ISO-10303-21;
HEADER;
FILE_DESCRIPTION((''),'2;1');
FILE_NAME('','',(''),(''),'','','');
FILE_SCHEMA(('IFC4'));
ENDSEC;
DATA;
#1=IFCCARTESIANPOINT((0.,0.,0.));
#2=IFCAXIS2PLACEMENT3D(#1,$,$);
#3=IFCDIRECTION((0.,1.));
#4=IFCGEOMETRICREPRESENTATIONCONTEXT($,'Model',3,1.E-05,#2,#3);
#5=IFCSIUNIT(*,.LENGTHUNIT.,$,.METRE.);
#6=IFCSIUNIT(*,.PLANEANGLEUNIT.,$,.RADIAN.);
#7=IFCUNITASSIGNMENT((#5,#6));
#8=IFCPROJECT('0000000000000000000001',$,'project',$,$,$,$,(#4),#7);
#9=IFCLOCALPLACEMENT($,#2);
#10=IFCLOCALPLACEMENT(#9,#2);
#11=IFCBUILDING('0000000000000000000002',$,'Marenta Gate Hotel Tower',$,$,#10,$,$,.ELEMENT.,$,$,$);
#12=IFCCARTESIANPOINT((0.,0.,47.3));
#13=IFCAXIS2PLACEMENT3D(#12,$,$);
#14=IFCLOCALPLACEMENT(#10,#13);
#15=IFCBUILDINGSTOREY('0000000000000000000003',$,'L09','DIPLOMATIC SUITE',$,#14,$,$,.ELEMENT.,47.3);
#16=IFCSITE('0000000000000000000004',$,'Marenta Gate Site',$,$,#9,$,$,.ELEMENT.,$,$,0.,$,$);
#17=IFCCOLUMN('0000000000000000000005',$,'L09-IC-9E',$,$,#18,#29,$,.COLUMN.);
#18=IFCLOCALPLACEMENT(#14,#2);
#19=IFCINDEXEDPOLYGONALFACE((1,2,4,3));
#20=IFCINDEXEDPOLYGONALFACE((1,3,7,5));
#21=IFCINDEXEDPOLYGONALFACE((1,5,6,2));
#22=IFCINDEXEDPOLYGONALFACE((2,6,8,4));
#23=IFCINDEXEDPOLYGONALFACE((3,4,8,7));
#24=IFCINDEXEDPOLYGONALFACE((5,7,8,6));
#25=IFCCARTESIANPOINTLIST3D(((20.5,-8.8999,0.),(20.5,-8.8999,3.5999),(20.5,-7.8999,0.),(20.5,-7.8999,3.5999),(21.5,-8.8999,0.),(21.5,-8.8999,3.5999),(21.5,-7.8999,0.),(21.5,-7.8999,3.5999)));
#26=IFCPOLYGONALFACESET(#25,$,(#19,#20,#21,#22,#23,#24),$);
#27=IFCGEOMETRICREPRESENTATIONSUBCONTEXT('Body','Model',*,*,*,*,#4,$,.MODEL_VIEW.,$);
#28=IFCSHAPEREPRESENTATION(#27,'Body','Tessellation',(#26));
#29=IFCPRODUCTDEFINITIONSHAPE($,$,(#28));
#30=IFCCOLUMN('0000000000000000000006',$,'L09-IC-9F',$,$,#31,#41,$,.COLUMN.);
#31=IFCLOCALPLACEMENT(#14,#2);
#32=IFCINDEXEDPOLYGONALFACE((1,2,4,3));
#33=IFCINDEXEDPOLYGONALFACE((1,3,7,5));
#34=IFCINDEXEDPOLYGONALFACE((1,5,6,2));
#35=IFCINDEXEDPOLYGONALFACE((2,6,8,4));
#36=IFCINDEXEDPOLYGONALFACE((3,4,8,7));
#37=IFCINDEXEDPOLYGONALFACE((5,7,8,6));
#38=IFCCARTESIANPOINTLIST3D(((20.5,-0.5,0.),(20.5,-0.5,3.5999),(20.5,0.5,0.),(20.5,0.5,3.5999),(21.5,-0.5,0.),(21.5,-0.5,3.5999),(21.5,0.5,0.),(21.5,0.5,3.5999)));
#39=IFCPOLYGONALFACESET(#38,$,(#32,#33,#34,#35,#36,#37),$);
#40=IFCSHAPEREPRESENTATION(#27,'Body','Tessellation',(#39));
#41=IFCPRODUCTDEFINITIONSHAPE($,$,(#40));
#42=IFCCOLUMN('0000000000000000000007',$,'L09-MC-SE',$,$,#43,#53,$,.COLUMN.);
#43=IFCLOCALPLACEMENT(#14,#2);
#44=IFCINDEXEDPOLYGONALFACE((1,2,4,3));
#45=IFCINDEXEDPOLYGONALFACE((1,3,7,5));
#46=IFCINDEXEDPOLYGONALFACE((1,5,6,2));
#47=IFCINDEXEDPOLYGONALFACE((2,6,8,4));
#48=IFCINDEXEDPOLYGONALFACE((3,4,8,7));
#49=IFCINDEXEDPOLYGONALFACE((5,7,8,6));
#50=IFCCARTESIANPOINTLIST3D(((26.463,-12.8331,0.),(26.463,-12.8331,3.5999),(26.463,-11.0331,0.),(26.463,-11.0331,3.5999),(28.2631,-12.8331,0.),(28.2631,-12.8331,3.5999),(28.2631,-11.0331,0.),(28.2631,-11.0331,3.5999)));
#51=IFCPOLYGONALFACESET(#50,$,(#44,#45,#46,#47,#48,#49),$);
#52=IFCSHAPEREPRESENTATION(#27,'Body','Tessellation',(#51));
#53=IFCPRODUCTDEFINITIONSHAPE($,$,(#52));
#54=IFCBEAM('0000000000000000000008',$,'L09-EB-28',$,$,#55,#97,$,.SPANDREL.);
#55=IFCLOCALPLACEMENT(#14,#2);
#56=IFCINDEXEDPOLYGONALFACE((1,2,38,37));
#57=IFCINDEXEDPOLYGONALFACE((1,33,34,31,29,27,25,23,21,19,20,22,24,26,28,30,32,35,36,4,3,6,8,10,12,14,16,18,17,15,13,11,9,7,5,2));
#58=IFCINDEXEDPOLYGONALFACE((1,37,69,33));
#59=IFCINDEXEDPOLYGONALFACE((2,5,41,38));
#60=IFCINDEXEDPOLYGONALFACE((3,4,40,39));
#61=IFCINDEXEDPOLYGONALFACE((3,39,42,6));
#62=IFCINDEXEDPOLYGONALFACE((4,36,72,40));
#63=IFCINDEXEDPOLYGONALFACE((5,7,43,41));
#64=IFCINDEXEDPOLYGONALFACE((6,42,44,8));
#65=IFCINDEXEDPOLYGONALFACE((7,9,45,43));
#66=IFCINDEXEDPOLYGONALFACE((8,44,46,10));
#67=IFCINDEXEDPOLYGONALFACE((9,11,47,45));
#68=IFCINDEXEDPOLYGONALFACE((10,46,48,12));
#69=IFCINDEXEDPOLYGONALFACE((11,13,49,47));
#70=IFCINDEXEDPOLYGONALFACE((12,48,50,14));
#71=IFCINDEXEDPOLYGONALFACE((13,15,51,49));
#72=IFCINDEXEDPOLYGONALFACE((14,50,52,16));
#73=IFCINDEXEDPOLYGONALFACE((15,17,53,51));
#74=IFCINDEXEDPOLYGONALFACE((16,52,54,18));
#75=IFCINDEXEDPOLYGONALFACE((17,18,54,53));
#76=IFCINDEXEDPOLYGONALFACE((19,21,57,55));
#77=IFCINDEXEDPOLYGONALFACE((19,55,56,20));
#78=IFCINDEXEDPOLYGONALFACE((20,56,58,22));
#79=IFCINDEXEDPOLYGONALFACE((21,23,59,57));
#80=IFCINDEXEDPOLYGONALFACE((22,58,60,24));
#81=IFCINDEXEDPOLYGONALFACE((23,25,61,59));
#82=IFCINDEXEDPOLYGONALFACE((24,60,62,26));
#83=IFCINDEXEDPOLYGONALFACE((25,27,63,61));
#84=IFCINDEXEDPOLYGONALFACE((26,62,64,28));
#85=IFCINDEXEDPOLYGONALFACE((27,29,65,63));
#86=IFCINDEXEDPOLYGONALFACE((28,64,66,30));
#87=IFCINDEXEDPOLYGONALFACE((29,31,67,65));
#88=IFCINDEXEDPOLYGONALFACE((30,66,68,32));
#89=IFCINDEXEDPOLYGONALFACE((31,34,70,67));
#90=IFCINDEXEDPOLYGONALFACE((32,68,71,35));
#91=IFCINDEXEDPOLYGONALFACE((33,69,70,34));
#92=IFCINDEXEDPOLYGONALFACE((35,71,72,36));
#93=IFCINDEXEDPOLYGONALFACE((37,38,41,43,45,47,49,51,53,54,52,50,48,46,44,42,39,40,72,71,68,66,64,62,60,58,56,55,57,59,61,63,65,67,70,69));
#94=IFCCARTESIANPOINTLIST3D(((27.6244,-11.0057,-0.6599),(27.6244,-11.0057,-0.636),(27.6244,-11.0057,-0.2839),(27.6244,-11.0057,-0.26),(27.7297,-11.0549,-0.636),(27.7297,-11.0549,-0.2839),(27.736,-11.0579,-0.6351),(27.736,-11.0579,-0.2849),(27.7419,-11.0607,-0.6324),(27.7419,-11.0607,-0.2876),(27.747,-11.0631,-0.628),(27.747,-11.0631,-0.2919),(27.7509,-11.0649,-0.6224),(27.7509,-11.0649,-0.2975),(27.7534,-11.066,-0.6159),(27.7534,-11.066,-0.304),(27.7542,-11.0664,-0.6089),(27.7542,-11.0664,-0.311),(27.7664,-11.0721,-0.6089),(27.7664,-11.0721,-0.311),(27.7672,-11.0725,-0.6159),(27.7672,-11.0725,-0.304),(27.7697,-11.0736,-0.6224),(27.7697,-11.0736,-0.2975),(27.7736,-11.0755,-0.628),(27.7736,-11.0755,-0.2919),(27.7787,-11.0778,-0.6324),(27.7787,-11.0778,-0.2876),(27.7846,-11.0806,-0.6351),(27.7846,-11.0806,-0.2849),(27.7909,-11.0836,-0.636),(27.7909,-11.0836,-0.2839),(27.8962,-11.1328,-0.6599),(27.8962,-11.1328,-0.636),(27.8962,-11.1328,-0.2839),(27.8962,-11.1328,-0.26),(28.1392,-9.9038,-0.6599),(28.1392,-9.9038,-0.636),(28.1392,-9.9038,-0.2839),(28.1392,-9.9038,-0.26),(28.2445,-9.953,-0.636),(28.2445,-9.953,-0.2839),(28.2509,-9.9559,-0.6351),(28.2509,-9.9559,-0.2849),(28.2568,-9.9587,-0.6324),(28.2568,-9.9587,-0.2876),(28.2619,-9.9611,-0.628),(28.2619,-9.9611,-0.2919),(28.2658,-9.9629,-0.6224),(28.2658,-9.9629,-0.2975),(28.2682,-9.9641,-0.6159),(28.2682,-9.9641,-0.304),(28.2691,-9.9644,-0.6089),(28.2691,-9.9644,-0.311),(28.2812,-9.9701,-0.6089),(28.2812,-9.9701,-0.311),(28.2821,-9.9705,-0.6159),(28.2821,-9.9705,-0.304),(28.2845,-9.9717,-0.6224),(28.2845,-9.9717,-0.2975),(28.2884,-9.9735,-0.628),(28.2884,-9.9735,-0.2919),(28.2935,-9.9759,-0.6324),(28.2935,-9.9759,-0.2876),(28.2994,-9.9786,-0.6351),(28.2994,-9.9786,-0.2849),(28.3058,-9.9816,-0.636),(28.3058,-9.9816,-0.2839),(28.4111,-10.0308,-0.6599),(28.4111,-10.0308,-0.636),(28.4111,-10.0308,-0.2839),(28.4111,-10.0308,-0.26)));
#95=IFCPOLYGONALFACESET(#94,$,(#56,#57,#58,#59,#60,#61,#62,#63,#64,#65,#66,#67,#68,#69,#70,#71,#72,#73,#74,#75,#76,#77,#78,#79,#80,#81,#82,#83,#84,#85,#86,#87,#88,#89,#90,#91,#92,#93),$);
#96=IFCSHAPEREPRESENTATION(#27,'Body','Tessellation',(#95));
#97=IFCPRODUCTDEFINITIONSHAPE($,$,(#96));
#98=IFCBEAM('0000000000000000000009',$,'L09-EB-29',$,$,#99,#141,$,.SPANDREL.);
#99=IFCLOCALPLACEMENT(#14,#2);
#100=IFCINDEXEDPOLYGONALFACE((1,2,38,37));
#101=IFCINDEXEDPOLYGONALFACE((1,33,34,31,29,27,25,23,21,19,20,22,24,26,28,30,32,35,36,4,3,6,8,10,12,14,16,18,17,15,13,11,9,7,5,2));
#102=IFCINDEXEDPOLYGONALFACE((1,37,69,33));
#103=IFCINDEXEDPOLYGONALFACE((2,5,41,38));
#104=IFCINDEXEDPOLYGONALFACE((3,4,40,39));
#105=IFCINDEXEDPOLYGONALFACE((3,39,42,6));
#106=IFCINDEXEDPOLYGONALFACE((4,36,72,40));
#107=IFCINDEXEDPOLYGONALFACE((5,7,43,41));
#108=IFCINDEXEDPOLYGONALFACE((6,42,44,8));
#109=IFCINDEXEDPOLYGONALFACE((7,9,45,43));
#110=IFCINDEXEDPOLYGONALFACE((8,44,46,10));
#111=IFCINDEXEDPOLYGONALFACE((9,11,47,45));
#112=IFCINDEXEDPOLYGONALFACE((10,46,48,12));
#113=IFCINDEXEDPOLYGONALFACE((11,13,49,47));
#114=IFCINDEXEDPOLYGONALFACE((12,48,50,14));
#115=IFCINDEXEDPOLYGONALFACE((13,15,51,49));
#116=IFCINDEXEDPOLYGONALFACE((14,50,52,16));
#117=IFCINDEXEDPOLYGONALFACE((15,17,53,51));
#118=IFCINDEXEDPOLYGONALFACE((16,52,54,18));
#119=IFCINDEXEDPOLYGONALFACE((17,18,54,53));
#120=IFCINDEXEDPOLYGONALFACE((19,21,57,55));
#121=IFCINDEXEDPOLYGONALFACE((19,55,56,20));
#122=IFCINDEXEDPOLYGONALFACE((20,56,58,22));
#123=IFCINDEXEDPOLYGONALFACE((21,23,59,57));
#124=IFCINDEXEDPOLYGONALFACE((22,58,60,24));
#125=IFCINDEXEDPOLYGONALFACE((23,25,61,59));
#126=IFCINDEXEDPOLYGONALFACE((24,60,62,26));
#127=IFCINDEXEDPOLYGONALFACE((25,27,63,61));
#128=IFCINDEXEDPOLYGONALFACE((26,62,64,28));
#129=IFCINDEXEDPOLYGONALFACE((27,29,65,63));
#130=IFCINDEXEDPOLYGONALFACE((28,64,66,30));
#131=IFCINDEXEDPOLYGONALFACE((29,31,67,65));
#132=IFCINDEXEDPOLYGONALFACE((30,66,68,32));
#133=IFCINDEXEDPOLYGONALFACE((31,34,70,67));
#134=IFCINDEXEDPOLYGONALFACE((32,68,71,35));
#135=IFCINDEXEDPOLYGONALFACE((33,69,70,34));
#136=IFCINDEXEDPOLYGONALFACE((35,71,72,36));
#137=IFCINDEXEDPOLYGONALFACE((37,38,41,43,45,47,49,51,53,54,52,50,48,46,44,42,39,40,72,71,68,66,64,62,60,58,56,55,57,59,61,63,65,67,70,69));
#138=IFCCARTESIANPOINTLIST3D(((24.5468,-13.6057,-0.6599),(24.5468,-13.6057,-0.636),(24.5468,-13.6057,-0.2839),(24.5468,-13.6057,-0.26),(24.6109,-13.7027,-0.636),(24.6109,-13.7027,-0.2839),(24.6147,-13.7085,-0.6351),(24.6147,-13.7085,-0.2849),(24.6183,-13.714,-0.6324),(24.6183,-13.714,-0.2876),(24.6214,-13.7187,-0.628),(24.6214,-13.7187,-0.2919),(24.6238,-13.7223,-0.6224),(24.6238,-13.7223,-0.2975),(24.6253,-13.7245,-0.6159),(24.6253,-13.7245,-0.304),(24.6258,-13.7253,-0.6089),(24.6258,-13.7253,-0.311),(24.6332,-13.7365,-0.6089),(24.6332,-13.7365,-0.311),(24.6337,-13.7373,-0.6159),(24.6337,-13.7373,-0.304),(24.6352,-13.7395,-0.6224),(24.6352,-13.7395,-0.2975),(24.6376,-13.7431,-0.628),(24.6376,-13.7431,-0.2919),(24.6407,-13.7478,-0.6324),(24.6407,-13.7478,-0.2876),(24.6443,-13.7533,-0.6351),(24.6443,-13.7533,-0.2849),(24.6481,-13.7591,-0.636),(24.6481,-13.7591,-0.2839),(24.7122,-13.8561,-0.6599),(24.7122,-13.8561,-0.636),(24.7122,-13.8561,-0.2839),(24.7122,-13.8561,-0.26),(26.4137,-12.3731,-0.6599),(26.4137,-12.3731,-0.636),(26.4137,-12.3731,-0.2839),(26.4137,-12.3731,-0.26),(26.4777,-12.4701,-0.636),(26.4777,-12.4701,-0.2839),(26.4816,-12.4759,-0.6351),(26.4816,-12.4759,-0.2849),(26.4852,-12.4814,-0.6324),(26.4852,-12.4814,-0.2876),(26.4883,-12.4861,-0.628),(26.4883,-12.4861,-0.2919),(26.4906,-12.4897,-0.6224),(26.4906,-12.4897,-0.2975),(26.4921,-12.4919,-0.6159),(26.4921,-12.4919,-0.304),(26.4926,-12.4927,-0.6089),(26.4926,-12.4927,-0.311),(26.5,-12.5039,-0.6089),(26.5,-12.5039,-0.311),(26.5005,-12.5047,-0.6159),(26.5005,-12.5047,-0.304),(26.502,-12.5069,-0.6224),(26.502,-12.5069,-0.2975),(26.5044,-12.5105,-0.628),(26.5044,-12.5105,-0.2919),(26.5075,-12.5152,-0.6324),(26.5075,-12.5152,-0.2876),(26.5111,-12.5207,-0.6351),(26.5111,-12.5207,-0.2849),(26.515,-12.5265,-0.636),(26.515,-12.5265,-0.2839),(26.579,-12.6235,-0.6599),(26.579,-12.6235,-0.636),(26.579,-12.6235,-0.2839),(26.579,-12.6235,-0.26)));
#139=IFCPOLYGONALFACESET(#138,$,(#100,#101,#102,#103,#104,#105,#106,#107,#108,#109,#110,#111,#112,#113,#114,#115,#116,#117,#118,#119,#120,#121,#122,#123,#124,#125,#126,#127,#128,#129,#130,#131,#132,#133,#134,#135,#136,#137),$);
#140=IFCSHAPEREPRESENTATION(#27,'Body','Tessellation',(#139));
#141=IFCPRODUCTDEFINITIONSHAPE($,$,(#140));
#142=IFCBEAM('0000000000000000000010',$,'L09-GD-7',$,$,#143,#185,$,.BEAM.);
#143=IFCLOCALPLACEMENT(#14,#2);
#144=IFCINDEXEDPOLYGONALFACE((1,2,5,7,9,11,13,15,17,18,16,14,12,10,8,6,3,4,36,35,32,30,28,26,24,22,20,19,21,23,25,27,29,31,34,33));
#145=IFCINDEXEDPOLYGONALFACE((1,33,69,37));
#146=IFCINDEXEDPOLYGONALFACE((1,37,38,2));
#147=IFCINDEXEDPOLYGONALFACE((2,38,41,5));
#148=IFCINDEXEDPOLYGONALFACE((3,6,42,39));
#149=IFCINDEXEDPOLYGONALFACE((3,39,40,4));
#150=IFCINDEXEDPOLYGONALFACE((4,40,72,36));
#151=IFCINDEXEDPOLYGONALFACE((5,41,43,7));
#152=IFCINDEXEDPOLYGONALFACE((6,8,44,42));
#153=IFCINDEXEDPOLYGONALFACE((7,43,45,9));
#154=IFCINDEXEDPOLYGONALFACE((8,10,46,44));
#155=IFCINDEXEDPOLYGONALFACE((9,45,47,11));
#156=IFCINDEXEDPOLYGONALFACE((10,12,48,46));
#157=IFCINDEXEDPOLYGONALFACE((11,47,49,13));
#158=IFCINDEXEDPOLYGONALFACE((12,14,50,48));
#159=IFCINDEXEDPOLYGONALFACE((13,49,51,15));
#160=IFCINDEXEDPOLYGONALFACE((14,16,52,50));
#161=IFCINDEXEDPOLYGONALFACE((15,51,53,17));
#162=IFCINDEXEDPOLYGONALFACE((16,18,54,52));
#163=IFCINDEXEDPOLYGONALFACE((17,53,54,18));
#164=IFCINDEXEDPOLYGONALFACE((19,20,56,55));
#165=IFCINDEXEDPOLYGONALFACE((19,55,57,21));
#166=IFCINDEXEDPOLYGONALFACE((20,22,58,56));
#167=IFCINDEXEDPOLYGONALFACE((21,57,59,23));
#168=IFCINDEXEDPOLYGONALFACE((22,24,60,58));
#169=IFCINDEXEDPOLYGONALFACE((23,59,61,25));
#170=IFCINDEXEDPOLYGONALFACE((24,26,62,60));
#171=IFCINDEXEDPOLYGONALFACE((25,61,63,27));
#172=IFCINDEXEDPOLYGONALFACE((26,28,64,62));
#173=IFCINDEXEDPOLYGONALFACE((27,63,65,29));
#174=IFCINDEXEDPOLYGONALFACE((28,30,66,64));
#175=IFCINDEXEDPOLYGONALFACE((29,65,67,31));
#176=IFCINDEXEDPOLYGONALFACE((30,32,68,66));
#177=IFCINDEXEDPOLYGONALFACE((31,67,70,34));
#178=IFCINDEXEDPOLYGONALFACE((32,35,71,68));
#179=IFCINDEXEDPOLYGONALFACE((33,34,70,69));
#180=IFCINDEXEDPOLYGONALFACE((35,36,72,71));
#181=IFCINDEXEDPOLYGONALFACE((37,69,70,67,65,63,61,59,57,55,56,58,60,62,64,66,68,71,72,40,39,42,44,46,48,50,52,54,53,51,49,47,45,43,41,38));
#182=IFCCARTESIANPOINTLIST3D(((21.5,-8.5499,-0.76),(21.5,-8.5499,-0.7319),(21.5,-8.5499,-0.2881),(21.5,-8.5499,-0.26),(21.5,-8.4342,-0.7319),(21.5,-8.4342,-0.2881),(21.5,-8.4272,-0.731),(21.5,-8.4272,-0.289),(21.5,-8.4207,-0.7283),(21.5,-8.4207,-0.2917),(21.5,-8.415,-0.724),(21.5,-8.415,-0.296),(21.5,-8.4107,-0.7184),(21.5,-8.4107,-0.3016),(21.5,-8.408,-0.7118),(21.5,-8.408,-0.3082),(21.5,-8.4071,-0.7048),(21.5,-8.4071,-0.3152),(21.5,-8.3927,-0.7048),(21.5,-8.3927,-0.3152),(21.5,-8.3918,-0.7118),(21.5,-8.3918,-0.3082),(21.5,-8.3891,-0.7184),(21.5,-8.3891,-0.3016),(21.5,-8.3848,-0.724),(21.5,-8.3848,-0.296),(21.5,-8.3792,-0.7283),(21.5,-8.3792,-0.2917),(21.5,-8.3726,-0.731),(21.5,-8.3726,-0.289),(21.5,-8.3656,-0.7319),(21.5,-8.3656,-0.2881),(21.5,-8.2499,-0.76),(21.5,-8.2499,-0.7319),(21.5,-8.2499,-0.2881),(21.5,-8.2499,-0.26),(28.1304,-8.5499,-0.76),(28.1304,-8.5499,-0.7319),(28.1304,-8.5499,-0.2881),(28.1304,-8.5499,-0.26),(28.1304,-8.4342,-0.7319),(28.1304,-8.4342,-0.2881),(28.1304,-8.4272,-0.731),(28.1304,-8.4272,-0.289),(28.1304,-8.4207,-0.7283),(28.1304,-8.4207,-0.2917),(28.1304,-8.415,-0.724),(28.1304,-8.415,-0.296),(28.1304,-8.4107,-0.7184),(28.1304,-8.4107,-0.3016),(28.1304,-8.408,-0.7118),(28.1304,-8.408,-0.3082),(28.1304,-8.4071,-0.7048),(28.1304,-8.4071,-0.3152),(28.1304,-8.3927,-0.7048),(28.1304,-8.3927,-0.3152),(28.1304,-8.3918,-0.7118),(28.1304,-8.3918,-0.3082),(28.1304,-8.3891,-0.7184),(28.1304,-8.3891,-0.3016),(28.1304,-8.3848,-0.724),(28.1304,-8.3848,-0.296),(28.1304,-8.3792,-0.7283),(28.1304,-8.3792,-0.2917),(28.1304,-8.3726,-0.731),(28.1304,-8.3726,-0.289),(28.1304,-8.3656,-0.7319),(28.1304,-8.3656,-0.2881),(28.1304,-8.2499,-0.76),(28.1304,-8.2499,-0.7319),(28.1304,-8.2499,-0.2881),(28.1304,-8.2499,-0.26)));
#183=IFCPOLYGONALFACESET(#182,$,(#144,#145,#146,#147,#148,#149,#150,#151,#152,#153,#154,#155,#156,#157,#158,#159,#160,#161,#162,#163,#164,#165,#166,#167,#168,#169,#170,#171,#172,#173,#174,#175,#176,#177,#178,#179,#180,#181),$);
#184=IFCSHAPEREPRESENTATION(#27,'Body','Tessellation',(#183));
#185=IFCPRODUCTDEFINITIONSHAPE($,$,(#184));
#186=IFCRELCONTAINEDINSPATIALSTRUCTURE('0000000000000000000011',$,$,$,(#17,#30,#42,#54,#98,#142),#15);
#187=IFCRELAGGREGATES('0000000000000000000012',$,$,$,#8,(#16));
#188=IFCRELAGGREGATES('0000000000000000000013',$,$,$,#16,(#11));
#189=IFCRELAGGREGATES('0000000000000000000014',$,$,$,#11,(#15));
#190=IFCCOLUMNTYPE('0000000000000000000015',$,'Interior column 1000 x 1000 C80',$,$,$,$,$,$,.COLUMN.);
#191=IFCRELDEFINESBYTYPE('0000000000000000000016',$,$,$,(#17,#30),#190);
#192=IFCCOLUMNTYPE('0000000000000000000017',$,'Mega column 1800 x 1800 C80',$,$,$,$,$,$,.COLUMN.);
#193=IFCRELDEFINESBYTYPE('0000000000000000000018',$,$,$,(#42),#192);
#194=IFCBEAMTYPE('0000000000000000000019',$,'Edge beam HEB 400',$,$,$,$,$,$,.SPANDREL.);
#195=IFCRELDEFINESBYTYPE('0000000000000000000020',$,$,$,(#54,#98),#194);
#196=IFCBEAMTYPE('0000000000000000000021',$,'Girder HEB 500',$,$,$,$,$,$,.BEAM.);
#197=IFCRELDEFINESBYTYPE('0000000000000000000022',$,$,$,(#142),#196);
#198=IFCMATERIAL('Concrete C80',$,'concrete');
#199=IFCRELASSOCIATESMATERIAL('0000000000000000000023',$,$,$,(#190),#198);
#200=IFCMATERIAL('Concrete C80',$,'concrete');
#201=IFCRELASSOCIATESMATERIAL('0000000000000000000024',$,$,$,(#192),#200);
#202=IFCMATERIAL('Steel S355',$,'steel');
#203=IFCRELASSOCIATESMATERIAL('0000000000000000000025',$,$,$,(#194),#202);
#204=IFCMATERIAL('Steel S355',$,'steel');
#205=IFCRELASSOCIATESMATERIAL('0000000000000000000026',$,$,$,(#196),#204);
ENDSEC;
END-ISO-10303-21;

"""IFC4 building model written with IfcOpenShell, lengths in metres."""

from ifc_helpers import new_model, si_unit, direction, frame, origin, origin_2d, place, context, subcontext, project, spatial, rectangle, i_section, extrude, material, material_profile, profile_set, type_object, element, save


model = new_model("IFC4")

# Units and contexts
model_context = context("Model", 3, precision=1e-05, world=origin(), true_north=direction((0.0, 1.0)))
body_context = subcontext(model_context, "Body", "Model", "MODEL_VIEW")
ifc_project = project(units=[si_unit("LENGTHUNIT", "METRE"), si_unit("PLANEANGLEUNIT", "RADIAN")], contexts=[model_context])

# Site, building, storey
site_placement = place(None, origin())
site = spatial("IfcSite", under=ifc_project, at=site_placement, Name="Marenta Gate Site", CompositionType="ELEMENT", RefElevation=0.0)
building_placement = place(site_placement, origin())
building = spatial("IfcBuilding", under=site, at=building_placement, Name="Marenta Gate Hotel Tower", CompositionType="ELEMENT")
storey_placement = place(building_placement, frame((0.0, 0.0, 47.3)))
storey = spatial("IfcBuildingStorey", under=building, at=storey_placement, Name="L09", Description="DIPLOMATIC SUITE", CompositionType="ELEMENT", Elevation=47.3)

# Columns
ifc_material_1 = material(Name="Concrete C80", Category="concrete")
ifc_material_profile_1 = material_profile(ifc_material_1, rectangle(XDim=1.0, YDim=1.0, at=origin_2d()), Name="1000 x 1000")
ifc_profile_set_1 = profile_set([ifc_material_profile_1], Name="Concrete C80")
column_type_1 = type_object("IfcColumnType", Name="Interior column 1000 x 1000 C80", PredefinedType="COLUMN", material=ifc_profile_set_1)
for number, where, z_axis, x_axis, name in (
    (1, (21.0, -8.3999, 0.0), (0.0, 0.0, 1.0), (1.0, 0.0, 0.0), "L09-IC-9E"),
    (2, (21.0, 0.0, 0.0), (0.0, 0.0, 1.0), (1.0, 0.0, 0.0), "L09-IC-9F"),
):
    element("IfcColumn", number, at=place(storey_placement, frame(where, z_axis=z_axis, x_axis=x_axis)), inside=storey, type_object=column_type_1, Name=name, PredefinedType="COLUMN", context=body_context, shape_type="SweptSolid", body=[
        extrude(rectangle(XDim=1.0, YDim=1.0, at=origin_2d()), origin(), (0.0, 0.0, 1.0), 3.5999),
    ])
ifc_material_2 = material(Name="Concrete C80", Category="concrete")
ifc_material_profile_2 = material_profile(ifc_material_2, rectangle(XDim=1.8, YDim=1.8, at=origin_2d()), Name="1800 x 1800")
ifc_profile_set_2 = profile_set([ifc_material_profile_2], Name="Concrete C80")
column_type_2 = type_object("IfcColumnType", Name="Mega column 1800 x 1800 C80", PredefinedType="COLUMN", material=ifc_profile_set_2)
column_placement = place(storey_placement, frame((27.363, -11.9331, 0.0), z_axis=(0.0, 0.0, 1.0), x_axis=(1.0, 0.0, 0.0)))
element("IfcColumn", 3, at=column_placement, inside=storey, type_object=column_type_2, Name="L09-MC-SE", PredefinedType="COLUMN", context=body_context, shape_type="SweptSolid", body=[
    extrude(rectangle(XDim=1.8, YDim=1.8, at=origin_2d()), origin(), (0.0, 0.0, 1.0), 3.5999),
])

# Beams
ifc_material_3 = material(Name="Steel S355", Category="steel")
ifc_material_profile_3 = material_profile(ifc_material_3, i_section(OverallWidth=0.3, OverallDepth=0.3999, WebThickness=0.0134, FlangeThickness=0.0239, FilletRadius=0.0271, at=origin_2d()), Name="HEB 400")
ifc_profile_set_3 = profile_set([ifc_material_profile_3], Name="Steel S355")
beam_type_1 = type_object("IfcBeamType", Name="Edge beam HEB 400", PredefinedType="SPANDREL", material=ifc_profile_set_3)
beam_1_placement = place(storey_placement, frame((28.2751, -9.9673, -0.46), z_axis=(-0.423292, -0.905993, 0.0), x_axis=(0.905993, -0.423292, 0.0)))
element("IfcBeam", 4, at=beam_1_placement, inside=storey, type_object=beam_type_1, Name="L09-EB-28", PredefinedType="SPANDREL", context=body_context, shape_type="SweptSolid", body=[
    extrude(i_section(OverallWidth=0.3, OverallDepth=0.3999, WebThickness=0.0134, FlangeThickness=0.0239, FilletRadius=0.0271, at=origin_2d()), origin(), (0.0, 0.0, 1.0), 1.2163),
])
beam_2_placement = place(storey_placement, frame((26.4963, -12.4983, -0.46), z_axis=(-0.83451, -0.550993, 0.0), x_axis=(0.550993, -0.83451, 0.0)))
element("IfcBeam", 5, at=beam_2_placement, inside=storey, type_object=beam_type_1, Name="L09-EB-29", PredefinedType="SPANDREL", context=body_context, shape_type="SweptSolid", body=[
    extrude(i_section(OverallWidth=0.3, OverallDepth=0.3999, WebThickness=0.0134, FlangeThickness=0.0239, FilletRadius=0.0271, at=origin_2d()), origin(), (0.0, 0.0, 1.0), 2.2371),
])
ifc_material_4 = material(Name="Steel S355", Category="steel")
ifc_material_profile_4 = material_profile(ifc_material_4, i_section(OverallWidth=0.3, OverallDepth=0.5, WebThickness=0.0144, FlangeThickness=0.0281, FilletRadius=0.0271, at=origin_2d()), Name="HEB 500")
ifc_profile_set_4 = profile_set([ifc_material_profile_4], Name="Steel S355")
beam_type_2 = type_object("IfcBeamType", Name="Girder HEB 500", PredefinedType="BEAM", material=ifc_profile_set_4)
beam_3_placement = place(storey_placement, frame((21.5, -8.3999, -0.51), z_axis=(1.0, 0.0, 0.0), x_axis=(0.0, 1.0, 0.0)))
element("IfcBeam", 6, at=beam_3_placement, inside=storey, type_object=beam_type_2, Name="L09-GD-7", PredefinedType="BEAM", context=body_context, shape_type="SweptSolid", body=[
    extrude(i_section(OverallWidth=0.3, OverallDepth=0.5, WebThickness=0.0144, FlangeThickness=0.0281, FilletRadius=0.0271, at=origin_2d()), origin(), (0.0, 0.0, 1.0), 6.6304),
])

save(model, "model.ifc")
